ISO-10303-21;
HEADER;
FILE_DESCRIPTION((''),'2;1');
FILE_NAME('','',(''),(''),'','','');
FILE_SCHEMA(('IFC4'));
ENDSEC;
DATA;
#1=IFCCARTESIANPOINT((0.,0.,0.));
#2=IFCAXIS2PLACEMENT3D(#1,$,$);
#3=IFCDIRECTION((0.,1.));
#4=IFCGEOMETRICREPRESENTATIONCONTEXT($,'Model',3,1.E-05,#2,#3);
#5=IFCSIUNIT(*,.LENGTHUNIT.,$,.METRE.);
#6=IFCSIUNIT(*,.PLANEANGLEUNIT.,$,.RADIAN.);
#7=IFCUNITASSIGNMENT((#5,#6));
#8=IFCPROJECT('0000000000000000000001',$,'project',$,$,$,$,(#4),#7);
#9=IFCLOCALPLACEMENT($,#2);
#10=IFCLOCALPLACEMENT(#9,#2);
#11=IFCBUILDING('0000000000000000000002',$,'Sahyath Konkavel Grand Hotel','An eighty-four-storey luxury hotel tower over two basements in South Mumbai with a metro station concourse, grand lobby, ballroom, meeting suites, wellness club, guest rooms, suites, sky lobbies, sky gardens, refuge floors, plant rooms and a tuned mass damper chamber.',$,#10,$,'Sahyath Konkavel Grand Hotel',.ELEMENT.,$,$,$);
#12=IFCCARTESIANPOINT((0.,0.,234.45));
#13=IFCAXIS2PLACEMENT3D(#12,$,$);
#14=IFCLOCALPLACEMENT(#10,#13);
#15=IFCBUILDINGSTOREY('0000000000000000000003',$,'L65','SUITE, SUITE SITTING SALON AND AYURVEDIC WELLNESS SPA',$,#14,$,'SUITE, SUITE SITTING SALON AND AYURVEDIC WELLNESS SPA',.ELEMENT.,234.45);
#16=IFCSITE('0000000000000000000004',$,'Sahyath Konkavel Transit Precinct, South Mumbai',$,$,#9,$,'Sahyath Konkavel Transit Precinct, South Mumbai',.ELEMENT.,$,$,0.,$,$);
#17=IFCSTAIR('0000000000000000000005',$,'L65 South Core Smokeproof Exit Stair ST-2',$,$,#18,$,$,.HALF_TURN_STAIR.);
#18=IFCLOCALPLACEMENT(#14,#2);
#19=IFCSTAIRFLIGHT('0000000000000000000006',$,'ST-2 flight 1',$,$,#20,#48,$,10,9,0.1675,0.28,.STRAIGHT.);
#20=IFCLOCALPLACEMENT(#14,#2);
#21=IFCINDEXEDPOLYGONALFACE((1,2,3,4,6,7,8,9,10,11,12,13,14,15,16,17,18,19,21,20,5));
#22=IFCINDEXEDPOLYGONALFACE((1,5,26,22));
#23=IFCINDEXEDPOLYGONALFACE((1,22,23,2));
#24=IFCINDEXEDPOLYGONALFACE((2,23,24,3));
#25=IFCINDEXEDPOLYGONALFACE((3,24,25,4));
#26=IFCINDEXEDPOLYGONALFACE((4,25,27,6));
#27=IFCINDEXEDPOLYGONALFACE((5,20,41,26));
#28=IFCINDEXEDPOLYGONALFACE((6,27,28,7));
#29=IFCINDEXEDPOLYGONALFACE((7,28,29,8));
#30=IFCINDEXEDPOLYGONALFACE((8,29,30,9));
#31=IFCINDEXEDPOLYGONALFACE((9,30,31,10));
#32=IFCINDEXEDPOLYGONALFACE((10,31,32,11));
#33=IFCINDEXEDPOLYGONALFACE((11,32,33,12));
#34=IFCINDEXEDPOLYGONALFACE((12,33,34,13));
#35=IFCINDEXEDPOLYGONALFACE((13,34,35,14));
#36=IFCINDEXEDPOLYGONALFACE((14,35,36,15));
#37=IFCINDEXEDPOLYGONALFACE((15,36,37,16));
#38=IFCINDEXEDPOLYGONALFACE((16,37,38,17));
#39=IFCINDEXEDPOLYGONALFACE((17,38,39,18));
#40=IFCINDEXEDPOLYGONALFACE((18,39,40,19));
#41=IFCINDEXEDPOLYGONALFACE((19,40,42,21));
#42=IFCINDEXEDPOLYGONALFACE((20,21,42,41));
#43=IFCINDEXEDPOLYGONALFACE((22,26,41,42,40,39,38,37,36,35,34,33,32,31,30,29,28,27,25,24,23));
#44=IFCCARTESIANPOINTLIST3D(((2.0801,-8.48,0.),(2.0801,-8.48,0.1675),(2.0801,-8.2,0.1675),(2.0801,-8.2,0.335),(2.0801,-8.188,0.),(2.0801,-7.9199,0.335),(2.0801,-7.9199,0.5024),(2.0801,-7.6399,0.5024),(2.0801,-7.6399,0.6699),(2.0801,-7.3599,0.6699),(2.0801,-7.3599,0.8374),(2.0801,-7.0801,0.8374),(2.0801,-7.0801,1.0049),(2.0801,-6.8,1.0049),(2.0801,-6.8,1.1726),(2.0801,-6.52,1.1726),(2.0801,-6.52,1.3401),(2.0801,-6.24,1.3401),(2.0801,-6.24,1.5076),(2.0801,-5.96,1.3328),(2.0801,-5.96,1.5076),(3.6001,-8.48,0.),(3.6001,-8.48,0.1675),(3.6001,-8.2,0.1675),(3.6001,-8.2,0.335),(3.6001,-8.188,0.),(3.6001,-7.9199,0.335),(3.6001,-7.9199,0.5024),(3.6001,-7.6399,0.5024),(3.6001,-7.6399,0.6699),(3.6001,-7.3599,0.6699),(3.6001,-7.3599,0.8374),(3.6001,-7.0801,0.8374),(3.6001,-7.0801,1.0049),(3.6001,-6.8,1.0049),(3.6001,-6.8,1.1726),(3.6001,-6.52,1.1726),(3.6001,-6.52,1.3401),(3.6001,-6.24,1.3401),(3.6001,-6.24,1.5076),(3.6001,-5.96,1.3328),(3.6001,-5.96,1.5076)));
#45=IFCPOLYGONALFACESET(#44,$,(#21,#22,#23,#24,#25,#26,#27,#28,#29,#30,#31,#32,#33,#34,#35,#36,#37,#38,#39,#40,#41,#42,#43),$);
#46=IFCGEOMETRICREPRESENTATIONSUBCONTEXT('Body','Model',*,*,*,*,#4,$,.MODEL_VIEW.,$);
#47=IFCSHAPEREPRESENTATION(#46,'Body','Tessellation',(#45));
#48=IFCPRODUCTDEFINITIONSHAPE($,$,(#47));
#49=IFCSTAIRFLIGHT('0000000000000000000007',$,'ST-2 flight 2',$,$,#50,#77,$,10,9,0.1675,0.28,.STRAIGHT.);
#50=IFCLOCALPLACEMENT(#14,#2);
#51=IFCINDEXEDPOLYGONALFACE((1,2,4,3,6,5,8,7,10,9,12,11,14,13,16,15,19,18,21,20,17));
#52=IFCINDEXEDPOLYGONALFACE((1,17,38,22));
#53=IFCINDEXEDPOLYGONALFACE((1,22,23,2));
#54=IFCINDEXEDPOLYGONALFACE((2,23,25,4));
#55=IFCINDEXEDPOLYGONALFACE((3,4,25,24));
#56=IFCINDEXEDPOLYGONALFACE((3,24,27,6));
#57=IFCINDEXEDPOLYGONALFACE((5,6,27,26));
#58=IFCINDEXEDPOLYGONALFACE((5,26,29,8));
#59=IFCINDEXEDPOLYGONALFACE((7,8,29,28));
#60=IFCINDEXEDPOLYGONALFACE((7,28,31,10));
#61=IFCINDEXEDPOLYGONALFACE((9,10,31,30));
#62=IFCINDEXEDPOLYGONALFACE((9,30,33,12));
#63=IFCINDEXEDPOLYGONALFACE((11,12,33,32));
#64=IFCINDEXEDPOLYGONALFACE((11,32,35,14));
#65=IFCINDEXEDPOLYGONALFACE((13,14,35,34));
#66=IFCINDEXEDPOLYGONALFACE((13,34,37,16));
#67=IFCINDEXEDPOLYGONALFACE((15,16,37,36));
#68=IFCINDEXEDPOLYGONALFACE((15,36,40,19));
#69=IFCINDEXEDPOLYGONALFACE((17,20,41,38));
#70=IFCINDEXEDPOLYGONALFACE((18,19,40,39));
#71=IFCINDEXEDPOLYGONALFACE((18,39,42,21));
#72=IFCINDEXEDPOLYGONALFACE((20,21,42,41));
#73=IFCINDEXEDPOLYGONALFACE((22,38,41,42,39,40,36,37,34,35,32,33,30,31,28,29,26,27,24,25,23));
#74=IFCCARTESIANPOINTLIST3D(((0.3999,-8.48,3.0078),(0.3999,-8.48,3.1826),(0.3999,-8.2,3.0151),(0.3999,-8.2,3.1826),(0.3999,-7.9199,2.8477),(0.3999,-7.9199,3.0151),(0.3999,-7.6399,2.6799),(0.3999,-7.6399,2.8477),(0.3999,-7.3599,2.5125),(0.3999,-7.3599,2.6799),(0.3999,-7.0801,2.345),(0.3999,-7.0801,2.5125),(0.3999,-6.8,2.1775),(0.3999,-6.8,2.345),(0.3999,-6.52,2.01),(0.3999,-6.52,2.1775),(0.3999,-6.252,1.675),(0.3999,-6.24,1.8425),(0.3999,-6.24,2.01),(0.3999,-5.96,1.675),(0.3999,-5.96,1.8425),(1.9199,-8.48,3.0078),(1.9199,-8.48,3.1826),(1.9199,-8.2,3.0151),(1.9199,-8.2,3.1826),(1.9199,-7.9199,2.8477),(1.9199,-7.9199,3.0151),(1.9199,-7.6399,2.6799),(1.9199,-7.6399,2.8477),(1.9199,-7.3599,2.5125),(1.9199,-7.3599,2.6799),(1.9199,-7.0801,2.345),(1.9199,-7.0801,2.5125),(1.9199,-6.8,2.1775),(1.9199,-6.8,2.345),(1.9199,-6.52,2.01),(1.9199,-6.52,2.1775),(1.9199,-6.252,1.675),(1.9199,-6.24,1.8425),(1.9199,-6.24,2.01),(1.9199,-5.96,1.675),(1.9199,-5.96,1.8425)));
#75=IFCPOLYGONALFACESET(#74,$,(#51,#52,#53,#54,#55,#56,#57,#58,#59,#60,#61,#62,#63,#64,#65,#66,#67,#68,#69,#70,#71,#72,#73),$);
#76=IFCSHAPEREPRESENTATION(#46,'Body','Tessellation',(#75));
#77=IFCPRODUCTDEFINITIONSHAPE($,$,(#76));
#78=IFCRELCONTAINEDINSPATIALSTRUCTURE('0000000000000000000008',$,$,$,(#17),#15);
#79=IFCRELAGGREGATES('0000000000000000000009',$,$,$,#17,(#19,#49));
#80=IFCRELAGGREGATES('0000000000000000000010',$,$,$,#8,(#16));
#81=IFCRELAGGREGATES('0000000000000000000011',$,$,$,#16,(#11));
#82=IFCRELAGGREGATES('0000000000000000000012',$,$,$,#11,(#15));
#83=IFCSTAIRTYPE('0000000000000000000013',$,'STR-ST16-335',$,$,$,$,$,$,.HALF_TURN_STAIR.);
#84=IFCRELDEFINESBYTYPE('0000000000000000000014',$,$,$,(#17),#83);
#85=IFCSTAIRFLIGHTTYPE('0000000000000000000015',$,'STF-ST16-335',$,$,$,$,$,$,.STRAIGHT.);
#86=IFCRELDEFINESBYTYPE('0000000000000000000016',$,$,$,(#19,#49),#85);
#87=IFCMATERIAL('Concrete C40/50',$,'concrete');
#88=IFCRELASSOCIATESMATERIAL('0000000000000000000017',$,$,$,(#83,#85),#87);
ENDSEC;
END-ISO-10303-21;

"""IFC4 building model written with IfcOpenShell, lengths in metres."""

from ifc_helpers import new_model, si_unit, direction, frame, origin, place, context, subcontext, project, spatial, polyline, outline, extrude, material, type_object, element, aggregate, save


model = new_model("IFC4")

# Units and contexts
model_context = context("Model", 3, precision=1e-05, world=origin(), true_north=direction((0.0, 1.0)))
body_context = subcontext(model_context, "Body", "Model", "MODEL_VIEW")
ifc_project = project(units=[si_unit("LENGTHUNIT", "METRE"), si_unit("PLANEANGLEUNIT", "RADIAN")], contexts=[model_context])

# Site, building, storey
site_placement = place(None, origin())
site = spatial("IfcSite", under=ifc_project, at=site_placement, Name="Sahyath Konkavel Transit Precinct, South Mumbai", LongName="Sahyath Konkavel Transit Precinct, South Mumbai", CompositionType="ELEMENT", RefElevation=0.0)
building_placement = place(site_placement, origin())
building = spatial("IfcBuilding", under=site, at=building_placement, Name="Sahyath Konkavel Grand Hotel", Description="An eighty-four-storey luxury hotel tower over two basements in South Mumbai with a metro station concourse, grand lobby, ballroom, meeting suites, wellness club, guest rooms, suites, sky lobbies, sky gardens, refuge floors, plant rooms and a tuned mass damper chamber.", LongName="Sahyath Konkavel Grand Hotel", CompositionType="ELEMENT")
storey_placement = place(building_placement, frame((0.0, 0.0, 234.45)))
storey = spatial("IfcBuildingStorey", under=building, at=storey_placement, Name="L65", Description="SUITE, SUITE SITTING SALON AND AYURVEDIC WELLNESS SPA", LongName="SUITE, SUITE SITTING SALON AND AYURVEDIC WELLNESS SPA", CompositionType="ELEMENT", Elevation=234.45)

# Shared definitions
ifc_material_1 = material(Name="Concrete C40/50", Category="concrete")

# Stair
stair_type = type_object("IfcStairType", Name="STR-ST16-335", PredefinedType="HALF_TURN_STAIR", material=ifc_material_1)
stair_1_placement = place(storey_placement, origin())
stair_1 = element("IfcStair", 1, at=stair_1_placement, inside=storey, type_object=stair_type, Name="L65 South Core Smokeproof Exit Stair ST-2", PredefinedType="HALF_TURN_STAIR")

# Stair flights
stair_flight_type = type_object("IfcStairFlightType", Name="STF-ST16-335", PredefinedType="STRAIGHT", material=ifc_material_1)
stair_flight_1_placement = place(storey_placement, frame((2.8401, -8.48, 0.0), z_axis=(0.0, 0.0, 1.0), x_axis=(0.0, 1.0, 0.0)))
stair_flight_1 = element("IfcStairFlight", 2, at=stair_flight_1_placement, type_object=stair_flight_type, Name="ST-2 flight 1", NumberOfRisers=10, NumberOfTreads=9, PredefinedType="STRAIGHT", RiserHeight=0.1675, TreadLength=0.28, context=body_context, shape_type="SweptSolid", body=[
    extrude(outline(polyline([(0.0, 0.0), (0.0, 0.1675), (0.28, 0.1675), (0.28, 0.335), (0.5601, 0.335), (0.5601, 0.5024), (0.8401, 0.5024), (0.8401, 0.6699), (1.1201, 0.6699), (1.1201, 0.8374), (1.3999, 0.8374), (1.3999, 1.0049), (1.6799, 1.0049), (1.6799, 1.1726), (1.96, 1.1726), (1.96, 1.3401), (2.24, 1.3401), (2.24, 1.5076), (2.52, 1.5076), (2.52, 1.675), (2.52, 1.3328), (0.292, 0.0), (0.0, 0.0)])), frame((0.0, 0.76, 0.0), z_axis=(0.0, -1.0, 0.0), x_axis=(1.0, 0.0, 0.0)), (0.0, 0.0, 1.0), 1.52),
])
stair_flight_2_placement = place(storey_placement, frame((1.1599, -5.96, 1.675), z_axis=(0.0, 0.0, 1.0), x_axis=(0.0, -1.0, 0.0)))
stair_flight_2 = element("IfcStairFlight", 3, at=stair_flight_2_placement, type_object=stair_flight_type, Name="ST-2 flight 2", NumberOfRisers=10, NumberOfTreads=9, PredefinedType="STRAIGHT", RiserHeight=0.1675, TreadLength=0.28, context=body_context, shape_type="SweptSolid", body=[
    extrude(outline(polyline([(0.0, 0.0), (0.0, 0.1675), (0.28, 0.1675), (0.28, 0.335), (0.5601, 0.335), (0.5601, 0.5024), (0.8401, 0.5024), (0.8401, 0.6699), (1.1201, 0.6699), (1.1201, 0.8374), (1.3999, 0.8374), (1.3999, 1.0049), (1.6799, 1.0049), (1.6799, 1.1726), (1.96, 1.1726), (1.96, 1.3401), (2.24, 1.3401), (2.24, 1.5076), (2.52, 1.5076), (2.52, 1.675), (2.52, 1.3328), (0.292, 0.0), (0.0, 0.0)])), frame((0.0, 0.76, 0.0), z_axis=(0.0, -1.0, 0.0), x_axis=(1.0, 0.0, 0.0)), (0.0, 0.0, 1.0), 1.52),
])
aggregate(stair_1, [stair_flight_1, stair_flight_2])

save(model, "model.ifc")
